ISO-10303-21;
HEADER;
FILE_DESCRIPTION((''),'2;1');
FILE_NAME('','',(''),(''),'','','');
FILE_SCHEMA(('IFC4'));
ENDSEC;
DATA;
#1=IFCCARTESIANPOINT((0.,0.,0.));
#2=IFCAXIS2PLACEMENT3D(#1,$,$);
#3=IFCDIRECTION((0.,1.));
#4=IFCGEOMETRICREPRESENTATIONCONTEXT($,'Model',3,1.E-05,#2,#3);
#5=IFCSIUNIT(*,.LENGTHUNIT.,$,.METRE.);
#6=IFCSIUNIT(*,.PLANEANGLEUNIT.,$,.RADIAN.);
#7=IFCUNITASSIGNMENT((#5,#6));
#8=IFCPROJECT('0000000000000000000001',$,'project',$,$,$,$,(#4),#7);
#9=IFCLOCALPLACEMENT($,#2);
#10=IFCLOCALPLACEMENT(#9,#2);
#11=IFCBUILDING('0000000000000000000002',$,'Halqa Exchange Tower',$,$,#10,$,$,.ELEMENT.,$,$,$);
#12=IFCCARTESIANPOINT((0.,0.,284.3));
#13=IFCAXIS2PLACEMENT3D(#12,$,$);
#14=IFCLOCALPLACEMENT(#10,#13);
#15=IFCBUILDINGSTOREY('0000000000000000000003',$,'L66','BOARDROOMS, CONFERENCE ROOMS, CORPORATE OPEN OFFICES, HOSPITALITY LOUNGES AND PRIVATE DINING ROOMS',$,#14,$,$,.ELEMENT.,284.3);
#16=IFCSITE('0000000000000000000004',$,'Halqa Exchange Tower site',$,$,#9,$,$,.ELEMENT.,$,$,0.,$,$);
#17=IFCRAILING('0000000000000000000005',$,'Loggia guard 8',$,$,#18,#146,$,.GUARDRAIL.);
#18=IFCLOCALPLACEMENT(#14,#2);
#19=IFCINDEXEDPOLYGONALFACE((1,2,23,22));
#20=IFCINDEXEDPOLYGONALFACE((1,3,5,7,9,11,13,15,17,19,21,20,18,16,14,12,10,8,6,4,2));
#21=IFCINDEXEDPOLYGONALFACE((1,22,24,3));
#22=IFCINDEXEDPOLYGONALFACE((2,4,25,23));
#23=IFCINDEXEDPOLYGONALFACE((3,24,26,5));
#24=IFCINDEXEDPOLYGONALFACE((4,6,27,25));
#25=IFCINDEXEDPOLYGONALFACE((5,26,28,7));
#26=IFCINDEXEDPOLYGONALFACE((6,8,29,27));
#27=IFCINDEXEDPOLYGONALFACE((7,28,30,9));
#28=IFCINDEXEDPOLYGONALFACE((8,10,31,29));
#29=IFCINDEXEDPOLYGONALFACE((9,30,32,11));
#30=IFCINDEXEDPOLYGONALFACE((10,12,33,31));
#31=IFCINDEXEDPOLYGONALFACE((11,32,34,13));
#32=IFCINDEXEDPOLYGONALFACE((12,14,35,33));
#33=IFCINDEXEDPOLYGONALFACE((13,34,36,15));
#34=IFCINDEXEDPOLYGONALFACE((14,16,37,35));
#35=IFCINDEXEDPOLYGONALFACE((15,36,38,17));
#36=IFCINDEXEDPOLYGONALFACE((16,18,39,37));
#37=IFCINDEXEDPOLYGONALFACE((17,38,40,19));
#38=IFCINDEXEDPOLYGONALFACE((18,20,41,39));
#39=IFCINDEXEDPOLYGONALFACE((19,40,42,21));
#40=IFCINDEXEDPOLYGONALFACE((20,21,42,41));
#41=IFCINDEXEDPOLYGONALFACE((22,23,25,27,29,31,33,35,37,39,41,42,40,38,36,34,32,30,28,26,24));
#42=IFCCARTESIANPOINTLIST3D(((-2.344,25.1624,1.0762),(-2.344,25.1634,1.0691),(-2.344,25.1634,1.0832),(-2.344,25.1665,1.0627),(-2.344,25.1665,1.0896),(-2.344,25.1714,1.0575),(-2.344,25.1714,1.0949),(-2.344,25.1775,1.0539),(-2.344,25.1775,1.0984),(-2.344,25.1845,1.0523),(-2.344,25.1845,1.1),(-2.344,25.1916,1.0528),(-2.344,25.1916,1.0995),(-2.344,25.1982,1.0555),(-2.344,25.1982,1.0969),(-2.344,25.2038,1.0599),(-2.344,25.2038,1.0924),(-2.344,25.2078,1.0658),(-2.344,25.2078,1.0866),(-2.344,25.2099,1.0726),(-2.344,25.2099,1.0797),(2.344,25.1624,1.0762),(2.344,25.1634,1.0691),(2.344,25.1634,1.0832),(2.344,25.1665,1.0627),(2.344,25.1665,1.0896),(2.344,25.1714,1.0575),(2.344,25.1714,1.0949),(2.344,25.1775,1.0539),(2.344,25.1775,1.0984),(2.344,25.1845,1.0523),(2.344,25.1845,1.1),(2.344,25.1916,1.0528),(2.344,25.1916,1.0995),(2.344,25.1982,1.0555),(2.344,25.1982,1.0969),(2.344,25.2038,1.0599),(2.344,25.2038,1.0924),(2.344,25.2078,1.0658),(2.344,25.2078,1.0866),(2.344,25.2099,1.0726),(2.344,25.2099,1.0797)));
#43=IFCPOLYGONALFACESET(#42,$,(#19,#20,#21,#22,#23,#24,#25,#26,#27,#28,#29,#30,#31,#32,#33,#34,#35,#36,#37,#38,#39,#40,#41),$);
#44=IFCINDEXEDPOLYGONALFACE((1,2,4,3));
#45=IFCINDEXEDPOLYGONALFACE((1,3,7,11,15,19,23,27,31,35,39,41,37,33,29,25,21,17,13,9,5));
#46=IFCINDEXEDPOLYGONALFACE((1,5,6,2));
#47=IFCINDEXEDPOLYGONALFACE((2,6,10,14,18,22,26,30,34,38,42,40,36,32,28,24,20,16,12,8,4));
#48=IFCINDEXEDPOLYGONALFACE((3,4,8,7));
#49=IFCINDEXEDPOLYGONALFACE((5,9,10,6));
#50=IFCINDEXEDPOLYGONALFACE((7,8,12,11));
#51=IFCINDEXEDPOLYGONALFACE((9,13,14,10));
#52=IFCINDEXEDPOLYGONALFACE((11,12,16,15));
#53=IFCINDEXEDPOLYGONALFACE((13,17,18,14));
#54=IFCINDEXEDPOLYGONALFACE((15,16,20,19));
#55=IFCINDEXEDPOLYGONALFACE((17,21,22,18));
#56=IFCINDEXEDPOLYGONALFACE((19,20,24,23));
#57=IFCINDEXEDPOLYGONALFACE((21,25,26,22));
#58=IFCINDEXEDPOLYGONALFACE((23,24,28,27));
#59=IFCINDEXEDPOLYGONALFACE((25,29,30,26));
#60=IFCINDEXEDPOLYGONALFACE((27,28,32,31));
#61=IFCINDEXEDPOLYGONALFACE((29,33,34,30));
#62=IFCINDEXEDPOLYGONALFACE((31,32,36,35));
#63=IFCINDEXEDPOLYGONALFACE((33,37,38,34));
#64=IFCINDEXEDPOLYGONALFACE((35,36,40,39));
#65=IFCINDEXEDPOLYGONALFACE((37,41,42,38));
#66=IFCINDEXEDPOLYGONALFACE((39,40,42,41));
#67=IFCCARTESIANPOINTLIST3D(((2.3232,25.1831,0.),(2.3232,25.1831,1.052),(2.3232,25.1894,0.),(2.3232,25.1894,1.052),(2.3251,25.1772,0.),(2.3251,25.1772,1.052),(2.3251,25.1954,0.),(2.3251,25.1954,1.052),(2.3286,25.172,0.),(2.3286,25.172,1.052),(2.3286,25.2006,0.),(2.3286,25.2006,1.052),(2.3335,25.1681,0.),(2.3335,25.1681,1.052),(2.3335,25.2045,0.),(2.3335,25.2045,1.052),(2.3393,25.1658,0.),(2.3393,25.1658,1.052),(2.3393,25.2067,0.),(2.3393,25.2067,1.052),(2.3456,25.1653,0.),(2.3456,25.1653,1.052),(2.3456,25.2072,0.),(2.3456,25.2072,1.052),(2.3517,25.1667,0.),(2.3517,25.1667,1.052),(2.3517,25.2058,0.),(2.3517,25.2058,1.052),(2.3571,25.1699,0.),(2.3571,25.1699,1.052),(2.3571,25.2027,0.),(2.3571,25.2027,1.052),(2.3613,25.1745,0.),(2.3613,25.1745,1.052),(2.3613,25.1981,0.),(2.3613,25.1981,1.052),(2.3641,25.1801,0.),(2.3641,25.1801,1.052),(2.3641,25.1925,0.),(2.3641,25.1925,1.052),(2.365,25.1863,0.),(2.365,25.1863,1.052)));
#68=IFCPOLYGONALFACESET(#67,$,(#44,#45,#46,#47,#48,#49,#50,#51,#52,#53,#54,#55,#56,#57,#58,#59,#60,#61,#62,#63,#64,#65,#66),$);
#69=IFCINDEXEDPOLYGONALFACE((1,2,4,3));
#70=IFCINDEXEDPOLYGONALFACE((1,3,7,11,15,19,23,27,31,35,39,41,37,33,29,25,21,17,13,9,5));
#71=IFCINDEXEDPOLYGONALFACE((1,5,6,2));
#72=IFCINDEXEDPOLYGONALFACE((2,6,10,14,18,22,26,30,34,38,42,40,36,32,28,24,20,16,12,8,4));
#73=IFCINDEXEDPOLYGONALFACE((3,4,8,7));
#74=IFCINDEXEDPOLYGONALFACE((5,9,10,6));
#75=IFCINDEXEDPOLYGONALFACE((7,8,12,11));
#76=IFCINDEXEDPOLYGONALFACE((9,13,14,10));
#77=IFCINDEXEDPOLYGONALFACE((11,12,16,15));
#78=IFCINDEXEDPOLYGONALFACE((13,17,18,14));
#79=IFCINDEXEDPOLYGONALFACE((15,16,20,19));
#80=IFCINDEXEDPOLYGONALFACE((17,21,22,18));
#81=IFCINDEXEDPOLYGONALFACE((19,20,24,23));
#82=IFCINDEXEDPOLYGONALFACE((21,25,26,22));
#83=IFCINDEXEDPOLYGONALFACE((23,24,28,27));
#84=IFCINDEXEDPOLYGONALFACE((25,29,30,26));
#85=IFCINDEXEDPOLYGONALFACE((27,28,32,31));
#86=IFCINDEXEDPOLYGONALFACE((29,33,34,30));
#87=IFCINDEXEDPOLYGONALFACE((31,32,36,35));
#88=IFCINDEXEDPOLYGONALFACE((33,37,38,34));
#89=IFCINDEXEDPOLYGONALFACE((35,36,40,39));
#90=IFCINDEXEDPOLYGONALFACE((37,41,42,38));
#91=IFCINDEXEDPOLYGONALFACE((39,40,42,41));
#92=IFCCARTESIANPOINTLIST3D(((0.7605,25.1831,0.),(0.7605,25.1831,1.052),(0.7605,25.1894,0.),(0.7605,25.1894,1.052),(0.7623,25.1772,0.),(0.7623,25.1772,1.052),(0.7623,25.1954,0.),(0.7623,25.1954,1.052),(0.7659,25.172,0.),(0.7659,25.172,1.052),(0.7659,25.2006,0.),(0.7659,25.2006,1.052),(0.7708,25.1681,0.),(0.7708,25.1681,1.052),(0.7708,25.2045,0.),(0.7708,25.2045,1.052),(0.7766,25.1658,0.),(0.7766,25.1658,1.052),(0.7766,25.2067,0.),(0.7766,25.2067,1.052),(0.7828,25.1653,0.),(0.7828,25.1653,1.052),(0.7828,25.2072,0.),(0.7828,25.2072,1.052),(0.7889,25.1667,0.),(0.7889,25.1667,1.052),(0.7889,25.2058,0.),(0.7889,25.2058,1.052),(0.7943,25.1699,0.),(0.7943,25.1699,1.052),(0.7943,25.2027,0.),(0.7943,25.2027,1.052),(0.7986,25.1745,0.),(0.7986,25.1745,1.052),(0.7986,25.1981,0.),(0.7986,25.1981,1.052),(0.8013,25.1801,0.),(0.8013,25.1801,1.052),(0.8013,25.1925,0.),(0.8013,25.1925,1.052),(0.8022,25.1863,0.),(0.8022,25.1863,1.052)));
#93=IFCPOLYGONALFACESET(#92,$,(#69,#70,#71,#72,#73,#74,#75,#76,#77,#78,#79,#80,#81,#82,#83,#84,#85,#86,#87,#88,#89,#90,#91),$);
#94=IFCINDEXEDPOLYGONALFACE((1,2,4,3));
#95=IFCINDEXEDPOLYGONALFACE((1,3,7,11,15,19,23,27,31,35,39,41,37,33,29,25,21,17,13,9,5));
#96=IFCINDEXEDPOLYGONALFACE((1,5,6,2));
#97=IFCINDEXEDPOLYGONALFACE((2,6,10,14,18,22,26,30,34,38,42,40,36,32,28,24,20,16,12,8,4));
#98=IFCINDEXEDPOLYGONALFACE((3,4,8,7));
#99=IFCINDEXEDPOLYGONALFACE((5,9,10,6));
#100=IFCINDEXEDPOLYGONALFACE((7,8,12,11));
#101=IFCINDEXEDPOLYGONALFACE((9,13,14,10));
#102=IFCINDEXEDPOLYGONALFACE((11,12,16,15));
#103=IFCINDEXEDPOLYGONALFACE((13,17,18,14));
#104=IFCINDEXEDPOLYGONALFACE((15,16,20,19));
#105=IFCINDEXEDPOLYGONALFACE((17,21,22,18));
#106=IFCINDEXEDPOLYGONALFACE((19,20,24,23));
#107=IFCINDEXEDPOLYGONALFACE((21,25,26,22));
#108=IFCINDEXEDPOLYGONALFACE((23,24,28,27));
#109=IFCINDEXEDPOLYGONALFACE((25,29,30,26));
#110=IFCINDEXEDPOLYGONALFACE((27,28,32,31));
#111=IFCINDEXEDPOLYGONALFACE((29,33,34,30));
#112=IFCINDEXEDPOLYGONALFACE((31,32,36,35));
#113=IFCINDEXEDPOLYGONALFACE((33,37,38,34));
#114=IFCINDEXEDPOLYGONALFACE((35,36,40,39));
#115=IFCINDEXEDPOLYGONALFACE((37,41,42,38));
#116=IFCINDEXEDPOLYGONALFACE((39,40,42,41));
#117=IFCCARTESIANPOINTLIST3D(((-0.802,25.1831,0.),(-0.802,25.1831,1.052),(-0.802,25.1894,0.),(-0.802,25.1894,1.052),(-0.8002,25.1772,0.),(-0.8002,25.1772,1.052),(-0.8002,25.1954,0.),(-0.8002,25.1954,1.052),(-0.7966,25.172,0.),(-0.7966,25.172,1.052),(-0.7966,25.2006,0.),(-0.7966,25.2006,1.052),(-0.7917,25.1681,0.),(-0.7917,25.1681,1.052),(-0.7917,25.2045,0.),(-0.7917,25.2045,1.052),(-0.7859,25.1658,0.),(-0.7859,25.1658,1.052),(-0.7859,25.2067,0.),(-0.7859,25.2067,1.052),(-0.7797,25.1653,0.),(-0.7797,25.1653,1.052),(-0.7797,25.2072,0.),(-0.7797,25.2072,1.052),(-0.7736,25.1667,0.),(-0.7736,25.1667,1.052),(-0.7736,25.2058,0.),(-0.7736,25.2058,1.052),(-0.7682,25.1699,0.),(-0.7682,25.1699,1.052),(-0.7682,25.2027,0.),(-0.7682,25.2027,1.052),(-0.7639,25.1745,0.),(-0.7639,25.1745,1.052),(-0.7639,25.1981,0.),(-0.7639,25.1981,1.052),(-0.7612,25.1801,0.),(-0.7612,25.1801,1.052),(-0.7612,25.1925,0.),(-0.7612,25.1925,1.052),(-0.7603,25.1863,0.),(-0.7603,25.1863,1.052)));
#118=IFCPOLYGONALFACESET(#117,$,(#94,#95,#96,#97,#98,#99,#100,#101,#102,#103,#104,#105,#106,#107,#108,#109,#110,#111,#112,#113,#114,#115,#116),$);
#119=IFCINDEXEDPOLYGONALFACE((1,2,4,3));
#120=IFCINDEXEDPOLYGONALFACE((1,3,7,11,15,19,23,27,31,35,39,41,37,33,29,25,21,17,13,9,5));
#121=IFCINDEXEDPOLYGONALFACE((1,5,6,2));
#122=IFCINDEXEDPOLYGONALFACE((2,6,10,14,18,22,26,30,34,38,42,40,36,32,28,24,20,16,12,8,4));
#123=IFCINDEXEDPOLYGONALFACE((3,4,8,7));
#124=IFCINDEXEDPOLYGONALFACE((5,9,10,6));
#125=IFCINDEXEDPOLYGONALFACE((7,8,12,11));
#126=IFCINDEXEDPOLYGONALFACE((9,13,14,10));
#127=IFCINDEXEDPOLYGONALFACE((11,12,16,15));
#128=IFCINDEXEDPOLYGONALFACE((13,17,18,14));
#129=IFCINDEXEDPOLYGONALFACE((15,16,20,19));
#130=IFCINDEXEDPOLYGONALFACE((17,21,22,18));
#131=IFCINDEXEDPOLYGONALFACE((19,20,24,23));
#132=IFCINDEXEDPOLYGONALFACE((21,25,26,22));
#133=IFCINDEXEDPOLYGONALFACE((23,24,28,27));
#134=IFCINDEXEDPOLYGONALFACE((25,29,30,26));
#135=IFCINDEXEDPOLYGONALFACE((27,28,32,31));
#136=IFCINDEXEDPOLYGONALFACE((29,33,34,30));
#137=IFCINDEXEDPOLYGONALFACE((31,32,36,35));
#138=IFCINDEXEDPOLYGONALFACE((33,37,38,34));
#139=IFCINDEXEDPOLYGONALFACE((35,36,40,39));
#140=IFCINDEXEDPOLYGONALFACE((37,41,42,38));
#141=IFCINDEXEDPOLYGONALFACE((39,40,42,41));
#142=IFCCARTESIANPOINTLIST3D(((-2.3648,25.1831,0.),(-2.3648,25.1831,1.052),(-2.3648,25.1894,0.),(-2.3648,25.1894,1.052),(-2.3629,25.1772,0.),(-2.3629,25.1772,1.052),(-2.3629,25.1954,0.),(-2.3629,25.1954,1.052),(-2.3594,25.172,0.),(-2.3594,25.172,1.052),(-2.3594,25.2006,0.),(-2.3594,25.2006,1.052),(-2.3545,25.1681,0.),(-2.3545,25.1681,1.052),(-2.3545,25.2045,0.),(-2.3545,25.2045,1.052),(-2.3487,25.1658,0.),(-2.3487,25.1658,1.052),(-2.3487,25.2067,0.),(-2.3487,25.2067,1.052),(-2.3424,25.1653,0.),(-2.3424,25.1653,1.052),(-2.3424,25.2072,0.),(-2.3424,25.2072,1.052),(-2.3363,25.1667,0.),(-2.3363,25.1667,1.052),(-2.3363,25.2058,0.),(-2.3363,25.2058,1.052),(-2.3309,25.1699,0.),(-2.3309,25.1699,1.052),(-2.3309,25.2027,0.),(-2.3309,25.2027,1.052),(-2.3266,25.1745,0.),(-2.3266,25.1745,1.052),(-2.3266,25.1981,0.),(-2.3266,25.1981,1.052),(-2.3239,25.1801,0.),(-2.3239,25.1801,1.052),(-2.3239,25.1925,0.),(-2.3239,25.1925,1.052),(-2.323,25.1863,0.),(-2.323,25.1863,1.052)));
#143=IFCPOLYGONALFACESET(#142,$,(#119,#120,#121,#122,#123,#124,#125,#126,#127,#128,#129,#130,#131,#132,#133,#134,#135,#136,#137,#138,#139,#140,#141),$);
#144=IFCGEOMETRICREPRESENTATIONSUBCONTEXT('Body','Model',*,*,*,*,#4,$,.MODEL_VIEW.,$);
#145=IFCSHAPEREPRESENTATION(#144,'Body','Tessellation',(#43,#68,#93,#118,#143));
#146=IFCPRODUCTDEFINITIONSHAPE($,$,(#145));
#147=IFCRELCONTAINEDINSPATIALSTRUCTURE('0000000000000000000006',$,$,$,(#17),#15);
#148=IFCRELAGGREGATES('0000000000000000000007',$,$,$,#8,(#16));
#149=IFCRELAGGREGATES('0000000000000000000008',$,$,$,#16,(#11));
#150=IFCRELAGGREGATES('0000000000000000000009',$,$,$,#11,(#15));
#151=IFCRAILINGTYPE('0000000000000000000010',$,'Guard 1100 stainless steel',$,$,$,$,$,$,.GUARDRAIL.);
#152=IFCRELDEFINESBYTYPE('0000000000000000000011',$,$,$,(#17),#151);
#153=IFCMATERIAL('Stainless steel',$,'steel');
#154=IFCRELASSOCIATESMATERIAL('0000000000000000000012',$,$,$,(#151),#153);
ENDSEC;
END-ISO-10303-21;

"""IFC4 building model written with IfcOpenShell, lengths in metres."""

from ifc_helpers import new_model, si_unit, direction, frame, origin, origin_2d, place, context, subcontext, project, spatial, circle, extrude, material, type_object, element, save


model = new_model("IFC4")

# Units and contexts
model_context = context("Model", 3, precision=1e-05, world=origin(), true_north=direction((0.0, 1.0)))
body_context = subcontext(model_context, "Body", "Model", "MODEL_VIEW")
ifc_project = project(units=[si_unit("LENGTHUNIT", "METRE"), si_unit("PLANEANGLEUNIT", "RADIAN")], contexts=[model_context])

# Site, building, storey
site_placement = place(None, origin())
site = spatial("IfcSite", under=ifc_project, at=site_placement, Name="Halqa Exchange Tower site", CompositionType="ELEMENT", RefElevation=0.0)
building_placement = place(site_placement, origin())
building = spatial("IfcBuilding", under=site, at=building_placement, Name="Halqa Exchange Tower", CompositionType="ELEMENT")
storey_placement = place(building_placement, frame((0.0, 0.0, 284.3)))
storey = spatial("IfcBuildingStorey", under=building, at=storey_placement, Name="L66", Description="BOARDROOMS, CONFERENCE ROOMS, CORPORATE OPEN OFFICES, HOSPITALITY LOUNGES AND PRIVATE DINING ROOMS", CompositionType="ELEMENT", Elevation=284.3)

# Railing
ifc_material_1 = material(Name="Stainless steel", Category="steel")
railing_type_1 = type_object("IfcRailingType", Name="Guard 1100 stainless steel", PredefinedType="GUARDRAIL", material=ifc_material_1)
railing_1_placement = place(storey_placement, frame((2.344, 25.1863, 0.0)))
element("IfcRailing", 1, at=railing_1_placement, inside=storey, type_object=railing_type_1, Name="Loggia guard 8", PredefinedType="GUARDRAIL", context=body_context, shape_type="SweptSolid", body=[
    extrude(circle(Radius=0.0239, at=origin_2d()), frame((0.0, 0.0, 1.0762), z_axis=(-1.0, 0.0, 0.0), x_axis=(0.0, -1.0, 0.0)), (0.0, 0.0, 1.0), 4.688),
    extrude(circle(Radius=0.021, at=origin_2d()), origin(), (0.0, 0.0, 1.0), 1.052),
    extrude(circle(Radius=0.021, at=origin_2d()), frame((-1.5627, 0.0, 0.0)), (0.0, 0.0, 1.0), 1.052),
    extrude(circle(Radius=0.021, at=origin_2d()), frame((-3.1252, 0.0, 0.0)), (0.0, 0.0, 1.0), 1.052),
    extrude(circle(Radius=0.021, at=origin_2d()), frame((-4.688, 0.0, 0.0)), (0.0, 0.0, 1.0), 1.052),
])

save(model, "model.ifc")
